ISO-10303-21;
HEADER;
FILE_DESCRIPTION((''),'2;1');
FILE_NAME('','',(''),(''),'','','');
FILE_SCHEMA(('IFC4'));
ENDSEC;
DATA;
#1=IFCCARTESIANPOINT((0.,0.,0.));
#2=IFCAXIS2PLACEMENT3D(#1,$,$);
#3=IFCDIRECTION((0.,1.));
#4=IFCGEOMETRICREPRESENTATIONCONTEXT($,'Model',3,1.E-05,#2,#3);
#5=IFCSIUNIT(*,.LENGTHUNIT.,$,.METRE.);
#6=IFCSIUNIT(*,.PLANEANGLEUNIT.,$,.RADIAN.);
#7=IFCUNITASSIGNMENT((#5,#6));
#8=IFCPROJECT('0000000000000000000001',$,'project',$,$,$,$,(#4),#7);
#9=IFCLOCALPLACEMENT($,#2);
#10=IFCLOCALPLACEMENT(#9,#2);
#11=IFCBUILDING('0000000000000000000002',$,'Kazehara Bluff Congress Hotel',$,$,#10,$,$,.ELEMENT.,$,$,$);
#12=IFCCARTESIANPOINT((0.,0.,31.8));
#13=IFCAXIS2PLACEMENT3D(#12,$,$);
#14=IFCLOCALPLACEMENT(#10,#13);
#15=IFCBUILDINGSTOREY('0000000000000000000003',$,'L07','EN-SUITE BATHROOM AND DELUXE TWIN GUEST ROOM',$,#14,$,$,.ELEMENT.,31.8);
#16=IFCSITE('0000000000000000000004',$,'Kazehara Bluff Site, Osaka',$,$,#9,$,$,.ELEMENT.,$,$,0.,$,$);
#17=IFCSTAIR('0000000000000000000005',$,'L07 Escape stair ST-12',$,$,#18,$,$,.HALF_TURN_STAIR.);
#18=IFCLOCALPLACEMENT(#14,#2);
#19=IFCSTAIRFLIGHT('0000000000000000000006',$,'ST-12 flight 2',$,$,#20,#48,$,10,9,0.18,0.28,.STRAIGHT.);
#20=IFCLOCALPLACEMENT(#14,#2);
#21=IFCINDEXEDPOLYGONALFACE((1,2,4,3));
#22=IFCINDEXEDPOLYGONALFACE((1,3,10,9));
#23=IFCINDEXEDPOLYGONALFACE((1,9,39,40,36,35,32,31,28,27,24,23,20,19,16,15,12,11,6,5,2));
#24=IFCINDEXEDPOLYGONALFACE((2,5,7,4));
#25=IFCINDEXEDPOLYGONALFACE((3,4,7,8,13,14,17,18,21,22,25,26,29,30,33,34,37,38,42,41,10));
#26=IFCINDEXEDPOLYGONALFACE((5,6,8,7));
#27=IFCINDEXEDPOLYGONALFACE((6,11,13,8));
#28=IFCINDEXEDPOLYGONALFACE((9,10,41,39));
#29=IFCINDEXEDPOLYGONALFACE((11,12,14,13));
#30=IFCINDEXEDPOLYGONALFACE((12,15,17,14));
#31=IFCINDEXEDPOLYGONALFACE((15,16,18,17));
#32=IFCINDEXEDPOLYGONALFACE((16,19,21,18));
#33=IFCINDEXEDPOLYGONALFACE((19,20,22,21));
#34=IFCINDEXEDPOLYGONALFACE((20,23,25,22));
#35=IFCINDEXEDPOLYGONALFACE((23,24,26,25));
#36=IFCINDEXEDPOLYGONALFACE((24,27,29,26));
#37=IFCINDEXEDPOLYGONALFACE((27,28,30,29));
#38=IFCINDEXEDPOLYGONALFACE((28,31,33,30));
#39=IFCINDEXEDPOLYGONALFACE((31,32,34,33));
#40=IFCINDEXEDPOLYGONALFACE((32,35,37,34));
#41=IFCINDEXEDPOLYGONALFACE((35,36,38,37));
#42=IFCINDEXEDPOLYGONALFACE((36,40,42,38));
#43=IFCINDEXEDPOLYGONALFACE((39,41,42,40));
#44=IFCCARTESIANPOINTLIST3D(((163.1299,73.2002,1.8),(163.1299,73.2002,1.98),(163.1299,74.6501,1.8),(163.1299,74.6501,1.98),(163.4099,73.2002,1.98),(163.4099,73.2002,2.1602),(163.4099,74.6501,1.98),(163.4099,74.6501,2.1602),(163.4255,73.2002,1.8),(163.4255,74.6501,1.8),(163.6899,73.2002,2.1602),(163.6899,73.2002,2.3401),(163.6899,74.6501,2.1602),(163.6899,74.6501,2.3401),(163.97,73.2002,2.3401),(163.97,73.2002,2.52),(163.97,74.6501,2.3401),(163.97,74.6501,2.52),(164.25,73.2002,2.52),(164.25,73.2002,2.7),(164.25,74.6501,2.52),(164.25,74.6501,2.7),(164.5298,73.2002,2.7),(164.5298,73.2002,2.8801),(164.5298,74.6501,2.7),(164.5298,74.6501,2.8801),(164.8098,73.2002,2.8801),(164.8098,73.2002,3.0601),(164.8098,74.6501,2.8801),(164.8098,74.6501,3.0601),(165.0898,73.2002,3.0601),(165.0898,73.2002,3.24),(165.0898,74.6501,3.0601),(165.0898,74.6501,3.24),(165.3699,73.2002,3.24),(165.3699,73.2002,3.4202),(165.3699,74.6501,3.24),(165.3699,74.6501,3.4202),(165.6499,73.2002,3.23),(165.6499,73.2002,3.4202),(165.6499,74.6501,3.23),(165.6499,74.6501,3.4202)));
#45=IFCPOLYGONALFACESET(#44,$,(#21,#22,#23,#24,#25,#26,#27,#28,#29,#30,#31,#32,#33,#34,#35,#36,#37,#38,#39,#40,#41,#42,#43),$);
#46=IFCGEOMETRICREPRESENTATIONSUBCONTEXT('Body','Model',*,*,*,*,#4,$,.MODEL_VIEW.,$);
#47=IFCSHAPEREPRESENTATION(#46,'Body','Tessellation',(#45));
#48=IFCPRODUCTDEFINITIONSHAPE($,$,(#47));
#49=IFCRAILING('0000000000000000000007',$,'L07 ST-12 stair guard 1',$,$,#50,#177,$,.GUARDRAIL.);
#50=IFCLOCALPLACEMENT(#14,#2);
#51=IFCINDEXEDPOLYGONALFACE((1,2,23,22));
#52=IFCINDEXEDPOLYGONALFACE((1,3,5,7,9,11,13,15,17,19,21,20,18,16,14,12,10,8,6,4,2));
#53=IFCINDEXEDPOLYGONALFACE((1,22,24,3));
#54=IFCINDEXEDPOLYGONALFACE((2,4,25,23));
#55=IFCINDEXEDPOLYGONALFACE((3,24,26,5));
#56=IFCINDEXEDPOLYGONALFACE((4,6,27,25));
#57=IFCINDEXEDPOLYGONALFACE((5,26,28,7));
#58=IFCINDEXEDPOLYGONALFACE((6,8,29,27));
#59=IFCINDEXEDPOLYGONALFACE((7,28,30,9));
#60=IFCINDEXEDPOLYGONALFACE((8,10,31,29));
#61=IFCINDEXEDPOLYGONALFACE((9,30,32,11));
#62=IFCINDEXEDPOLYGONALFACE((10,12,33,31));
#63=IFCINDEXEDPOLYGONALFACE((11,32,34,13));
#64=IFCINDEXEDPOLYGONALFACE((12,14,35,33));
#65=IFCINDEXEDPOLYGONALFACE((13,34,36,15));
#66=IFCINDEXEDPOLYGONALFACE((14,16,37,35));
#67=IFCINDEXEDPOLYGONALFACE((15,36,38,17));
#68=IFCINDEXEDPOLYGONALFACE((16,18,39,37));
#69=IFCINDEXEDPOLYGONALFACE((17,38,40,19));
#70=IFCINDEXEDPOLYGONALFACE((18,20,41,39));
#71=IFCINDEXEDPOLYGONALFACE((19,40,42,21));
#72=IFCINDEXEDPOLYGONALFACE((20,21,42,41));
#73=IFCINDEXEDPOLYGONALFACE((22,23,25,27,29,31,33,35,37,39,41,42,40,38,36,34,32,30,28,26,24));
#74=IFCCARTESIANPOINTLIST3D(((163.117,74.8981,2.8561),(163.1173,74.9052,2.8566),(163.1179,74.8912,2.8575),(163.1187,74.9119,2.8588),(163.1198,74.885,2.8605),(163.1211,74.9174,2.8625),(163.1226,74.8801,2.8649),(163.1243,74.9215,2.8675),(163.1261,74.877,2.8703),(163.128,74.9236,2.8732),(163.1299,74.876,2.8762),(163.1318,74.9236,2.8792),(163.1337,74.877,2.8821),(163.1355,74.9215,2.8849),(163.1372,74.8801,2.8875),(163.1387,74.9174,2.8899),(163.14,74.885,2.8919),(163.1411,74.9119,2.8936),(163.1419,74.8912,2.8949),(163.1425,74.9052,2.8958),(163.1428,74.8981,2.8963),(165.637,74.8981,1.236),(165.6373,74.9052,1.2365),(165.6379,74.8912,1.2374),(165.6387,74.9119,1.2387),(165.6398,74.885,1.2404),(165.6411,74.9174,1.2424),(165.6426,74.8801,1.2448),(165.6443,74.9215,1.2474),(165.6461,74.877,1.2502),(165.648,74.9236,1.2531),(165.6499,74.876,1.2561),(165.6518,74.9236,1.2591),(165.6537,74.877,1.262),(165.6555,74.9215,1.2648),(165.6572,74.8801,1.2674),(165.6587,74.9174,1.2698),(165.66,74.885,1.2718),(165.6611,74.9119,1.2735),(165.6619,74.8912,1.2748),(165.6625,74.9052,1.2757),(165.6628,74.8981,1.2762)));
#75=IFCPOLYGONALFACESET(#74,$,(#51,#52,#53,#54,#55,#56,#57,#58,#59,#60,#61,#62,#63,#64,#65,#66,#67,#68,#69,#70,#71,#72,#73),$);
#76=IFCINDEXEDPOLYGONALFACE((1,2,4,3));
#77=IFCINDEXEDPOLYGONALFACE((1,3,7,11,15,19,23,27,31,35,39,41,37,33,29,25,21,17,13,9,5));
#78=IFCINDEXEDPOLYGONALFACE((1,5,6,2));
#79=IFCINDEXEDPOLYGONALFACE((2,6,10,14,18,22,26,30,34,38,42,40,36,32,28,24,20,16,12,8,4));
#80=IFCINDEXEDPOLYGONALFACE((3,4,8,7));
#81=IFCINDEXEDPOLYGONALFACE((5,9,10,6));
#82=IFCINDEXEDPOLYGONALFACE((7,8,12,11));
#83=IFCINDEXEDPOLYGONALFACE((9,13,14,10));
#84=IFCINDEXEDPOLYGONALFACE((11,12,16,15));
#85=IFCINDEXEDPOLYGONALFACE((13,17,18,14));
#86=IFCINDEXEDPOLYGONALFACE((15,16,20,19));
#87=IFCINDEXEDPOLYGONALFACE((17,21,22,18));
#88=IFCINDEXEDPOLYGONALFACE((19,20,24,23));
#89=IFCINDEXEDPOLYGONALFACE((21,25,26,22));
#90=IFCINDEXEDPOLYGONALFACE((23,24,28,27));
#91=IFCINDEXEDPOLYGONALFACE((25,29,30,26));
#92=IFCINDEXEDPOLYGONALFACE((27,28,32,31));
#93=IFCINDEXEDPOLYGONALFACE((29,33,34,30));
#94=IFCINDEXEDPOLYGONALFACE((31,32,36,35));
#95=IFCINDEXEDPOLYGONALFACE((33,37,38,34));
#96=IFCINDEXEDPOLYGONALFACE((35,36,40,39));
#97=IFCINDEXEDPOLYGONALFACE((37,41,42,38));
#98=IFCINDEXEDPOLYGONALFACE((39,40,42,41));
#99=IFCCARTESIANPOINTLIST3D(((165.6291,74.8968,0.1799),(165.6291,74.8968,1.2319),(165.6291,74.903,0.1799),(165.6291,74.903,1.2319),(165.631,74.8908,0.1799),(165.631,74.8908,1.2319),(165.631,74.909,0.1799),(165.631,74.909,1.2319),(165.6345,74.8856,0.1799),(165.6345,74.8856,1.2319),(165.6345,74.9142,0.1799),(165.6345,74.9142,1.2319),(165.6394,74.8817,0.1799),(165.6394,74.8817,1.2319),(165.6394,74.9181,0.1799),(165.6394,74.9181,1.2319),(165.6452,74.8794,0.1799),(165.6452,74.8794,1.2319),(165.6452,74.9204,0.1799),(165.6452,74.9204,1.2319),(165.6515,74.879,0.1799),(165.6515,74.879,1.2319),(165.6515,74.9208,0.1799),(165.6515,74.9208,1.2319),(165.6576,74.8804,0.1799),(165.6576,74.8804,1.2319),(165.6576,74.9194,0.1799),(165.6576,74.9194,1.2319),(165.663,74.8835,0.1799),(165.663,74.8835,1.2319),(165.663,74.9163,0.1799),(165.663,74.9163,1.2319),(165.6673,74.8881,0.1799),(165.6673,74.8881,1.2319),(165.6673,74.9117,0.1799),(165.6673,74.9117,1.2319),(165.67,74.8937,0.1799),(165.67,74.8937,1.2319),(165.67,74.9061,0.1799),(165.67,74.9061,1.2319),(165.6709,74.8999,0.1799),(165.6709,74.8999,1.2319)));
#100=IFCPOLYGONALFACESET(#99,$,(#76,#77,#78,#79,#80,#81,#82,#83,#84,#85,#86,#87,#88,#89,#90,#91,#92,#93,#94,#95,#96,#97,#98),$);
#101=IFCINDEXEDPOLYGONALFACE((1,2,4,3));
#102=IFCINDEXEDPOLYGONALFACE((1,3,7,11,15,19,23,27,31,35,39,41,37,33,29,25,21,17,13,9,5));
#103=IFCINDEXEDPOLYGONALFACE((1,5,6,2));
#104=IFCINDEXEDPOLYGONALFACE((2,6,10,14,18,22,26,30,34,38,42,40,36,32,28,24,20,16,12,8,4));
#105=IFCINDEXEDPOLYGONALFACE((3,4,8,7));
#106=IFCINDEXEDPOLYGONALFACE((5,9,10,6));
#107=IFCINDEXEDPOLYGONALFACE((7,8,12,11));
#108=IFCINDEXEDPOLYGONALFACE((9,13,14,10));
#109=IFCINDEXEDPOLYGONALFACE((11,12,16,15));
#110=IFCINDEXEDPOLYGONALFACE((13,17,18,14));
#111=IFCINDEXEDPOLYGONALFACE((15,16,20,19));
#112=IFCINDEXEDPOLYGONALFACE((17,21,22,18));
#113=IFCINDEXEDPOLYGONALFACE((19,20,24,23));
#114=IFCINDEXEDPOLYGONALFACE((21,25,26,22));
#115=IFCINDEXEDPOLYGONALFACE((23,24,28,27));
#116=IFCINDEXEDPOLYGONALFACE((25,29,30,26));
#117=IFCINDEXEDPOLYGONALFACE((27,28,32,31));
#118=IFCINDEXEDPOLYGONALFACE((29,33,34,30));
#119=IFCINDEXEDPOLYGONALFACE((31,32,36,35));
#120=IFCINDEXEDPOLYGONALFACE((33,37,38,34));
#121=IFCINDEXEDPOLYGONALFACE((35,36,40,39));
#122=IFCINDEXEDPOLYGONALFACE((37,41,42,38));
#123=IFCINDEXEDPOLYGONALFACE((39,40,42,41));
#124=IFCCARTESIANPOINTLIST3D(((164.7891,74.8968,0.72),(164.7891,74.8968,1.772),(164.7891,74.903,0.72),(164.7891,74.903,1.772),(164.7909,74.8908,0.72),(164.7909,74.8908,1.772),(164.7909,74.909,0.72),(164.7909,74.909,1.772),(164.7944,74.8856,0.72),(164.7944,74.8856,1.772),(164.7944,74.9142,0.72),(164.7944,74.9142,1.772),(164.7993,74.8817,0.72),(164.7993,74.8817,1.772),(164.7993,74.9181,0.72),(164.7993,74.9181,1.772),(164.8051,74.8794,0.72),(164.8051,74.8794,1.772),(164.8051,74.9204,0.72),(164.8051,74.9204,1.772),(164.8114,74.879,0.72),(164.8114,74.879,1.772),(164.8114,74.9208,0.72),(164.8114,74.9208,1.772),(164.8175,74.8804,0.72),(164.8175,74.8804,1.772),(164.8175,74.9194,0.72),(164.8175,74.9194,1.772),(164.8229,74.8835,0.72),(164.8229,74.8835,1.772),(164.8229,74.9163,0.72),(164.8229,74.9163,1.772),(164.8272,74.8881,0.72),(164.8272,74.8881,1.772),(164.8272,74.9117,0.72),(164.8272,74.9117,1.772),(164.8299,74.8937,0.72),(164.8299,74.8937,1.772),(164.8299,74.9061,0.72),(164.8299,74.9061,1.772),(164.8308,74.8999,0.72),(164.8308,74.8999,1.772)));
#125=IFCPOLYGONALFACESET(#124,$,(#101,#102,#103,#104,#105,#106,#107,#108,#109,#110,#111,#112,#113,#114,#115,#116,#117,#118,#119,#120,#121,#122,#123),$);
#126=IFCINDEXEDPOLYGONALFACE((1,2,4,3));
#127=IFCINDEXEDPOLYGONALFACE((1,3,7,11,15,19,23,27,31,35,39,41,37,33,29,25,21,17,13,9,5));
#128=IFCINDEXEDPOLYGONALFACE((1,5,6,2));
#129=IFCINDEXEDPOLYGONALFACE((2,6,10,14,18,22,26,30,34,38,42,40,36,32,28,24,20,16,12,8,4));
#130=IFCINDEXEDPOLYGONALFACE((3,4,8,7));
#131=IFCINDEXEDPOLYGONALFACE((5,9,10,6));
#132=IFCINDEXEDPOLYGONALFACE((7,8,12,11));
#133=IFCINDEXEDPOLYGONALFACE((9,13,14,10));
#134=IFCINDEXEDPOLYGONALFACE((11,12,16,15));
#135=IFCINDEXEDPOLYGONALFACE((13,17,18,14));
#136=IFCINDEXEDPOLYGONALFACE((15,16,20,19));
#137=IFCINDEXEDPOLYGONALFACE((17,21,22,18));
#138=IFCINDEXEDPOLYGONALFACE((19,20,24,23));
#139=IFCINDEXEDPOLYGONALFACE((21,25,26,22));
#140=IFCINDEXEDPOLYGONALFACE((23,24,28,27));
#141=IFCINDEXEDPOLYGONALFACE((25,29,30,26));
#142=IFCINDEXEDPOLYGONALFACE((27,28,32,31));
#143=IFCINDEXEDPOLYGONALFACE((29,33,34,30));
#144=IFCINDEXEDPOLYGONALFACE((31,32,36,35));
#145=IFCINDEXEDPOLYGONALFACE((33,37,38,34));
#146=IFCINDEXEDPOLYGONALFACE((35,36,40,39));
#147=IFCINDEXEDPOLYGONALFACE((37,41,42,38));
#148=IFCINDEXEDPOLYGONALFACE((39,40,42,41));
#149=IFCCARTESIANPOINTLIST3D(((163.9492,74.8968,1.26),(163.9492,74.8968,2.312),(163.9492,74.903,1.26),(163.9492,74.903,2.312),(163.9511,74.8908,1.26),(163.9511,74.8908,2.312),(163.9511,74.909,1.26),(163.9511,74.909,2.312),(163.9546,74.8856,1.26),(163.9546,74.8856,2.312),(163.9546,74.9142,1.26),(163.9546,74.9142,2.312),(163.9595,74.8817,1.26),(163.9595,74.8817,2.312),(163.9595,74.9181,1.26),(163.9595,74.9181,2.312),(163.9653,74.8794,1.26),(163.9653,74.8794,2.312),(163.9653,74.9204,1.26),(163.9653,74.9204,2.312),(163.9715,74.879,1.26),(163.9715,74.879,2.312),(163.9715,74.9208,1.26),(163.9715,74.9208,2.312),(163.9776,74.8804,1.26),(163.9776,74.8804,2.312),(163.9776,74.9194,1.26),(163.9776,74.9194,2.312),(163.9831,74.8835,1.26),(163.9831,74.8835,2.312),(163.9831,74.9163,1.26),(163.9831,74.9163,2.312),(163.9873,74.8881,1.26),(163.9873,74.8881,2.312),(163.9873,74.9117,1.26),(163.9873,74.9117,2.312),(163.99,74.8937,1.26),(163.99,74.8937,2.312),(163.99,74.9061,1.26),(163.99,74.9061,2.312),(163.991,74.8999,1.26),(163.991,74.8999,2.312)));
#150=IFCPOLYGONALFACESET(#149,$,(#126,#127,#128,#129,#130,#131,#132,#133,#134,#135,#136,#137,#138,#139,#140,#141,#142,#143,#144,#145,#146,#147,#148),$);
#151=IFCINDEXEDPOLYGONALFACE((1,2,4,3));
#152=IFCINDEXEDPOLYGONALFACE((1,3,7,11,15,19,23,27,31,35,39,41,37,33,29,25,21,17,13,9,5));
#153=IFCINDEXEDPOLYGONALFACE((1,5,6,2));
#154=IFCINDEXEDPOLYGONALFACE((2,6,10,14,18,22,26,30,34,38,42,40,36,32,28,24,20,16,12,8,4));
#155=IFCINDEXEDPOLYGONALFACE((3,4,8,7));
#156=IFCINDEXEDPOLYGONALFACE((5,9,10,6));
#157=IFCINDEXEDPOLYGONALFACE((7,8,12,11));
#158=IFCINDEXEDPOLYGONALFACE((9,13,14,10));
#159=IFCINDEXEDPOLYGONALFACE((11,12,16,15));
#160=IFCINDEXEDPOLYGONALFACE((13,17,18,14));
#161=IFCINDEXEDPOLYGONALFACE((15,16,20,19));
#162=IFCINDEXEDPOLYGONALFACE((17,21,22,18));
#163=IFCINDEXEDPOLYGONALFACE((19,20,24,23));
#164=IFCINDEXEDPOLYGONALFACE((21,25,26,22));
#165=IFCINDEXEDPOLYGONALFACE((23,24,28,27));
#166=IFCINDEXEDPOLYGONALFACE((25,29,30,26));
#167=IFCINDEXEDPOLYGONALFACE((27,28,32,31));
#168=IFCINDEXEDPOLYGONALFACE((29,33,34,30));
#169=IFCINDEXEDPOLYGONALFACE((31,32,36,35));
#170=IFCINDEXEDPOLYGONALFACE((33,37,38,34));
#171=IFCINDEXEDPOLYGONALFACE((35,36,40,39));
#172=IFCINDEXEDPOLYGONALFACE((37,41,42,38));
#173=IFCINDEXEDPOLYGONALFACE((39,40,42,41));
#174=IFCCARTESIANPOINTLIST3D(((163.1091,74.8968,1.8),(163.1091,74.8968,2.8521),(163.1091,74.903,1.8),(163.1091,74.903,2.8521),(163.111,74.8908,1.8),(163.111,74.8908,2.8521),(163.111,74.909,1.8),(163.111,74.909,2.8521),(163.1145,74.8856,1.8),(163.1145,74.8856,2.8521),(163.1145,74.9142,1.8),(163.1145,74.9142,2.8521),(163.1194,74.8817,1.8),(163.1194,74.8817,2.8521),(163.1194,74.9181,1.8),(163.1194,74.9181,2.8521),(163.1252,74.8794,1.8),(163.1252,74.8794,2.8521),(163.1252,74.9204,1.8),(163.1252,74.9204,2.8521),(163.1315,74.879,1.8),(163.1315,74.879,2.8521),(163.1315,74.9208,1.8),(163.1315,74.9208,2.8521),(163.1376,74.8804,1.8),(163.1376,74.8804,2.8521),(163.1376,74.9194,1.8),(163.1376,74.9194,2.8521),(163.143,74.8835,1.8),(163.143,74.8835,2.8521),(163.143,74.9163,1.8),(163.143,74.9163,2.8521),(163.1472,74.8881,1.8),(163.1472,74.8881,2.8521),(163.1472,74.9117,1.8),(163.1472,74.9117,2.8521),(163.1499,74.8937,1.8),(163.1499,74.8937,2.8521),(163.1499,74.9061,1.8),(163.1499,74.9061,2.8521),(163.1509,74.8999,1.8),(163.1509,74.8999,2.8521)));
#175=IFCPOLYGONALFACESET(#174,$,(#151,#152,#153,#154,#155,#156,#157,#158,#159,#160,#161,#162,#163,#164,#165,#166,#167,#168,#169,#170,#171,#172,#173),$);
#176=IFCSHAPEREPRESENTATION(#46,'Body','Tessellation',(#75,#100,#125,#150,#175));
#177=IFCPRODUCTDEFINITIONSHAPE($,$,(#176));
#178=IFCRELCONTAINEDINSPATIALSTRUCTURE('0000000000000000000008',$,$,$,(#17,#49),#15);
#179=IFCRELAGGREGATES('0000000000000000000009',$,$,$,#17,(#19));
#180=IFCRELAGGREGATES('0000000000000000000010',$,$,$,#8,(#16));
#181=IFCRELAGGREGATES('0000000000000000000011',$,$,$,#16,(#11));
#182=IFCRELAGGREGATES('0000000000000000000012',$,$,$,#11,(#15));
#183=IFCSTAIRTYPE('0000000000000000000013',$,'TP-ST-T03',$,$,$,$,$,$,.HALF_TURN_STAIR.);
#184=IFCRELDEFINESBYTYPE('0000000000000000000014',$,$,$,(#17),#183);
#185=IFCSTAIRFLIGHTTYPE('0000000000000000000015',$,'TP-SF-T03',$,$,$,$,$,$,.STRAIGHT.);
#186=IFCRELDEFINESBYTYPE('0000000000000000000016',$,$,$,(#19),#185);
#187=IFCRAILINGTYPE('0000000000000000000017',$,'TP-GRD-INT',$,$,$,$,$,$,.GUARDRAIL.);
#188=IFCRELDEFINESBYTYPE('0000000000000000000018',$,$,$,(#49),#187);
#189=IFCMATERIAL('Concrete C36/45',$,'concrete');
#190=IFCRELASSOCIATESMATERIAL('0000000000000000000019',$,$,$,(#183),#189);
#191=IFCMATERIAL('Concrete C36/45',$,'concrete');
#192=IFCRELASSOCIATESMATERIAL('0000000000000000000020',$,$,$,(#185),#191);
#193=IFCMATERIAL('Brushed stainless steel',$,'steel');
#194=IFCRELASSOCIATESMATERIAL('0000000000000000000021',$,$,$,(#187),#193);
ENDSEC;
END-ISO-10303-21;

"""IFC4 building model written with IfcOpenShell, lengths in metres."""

from ifc_helpers import new_model, si_unit, direction, frame, origin, origin_2d, place, context, subcontext, project, spatial, polyline, circle, outline, extrude, material, type_object, element, aggregate, save


model = new_model("IFC4")

# Units and contexts
model_context = context("Model", 3, precision=1e-05, world=origin(), true_north=direction((0.0, 1.0)))
body_context = subcontext(model_context, "Body", "Model", "MODEL_VIEW")
ifc_project = project(units=[si_unit("LENGTHUNIT", "METRE"), si_unit("PLANEANGLEUNIT", "RADIAN")], contexts=[model_context])

# Site, building, storey
site_placement = place(None, origin())
site = spatial("IfcSite", under=ifc_project, at=site_placement, Name="Kazehara Bluff Site, Osaka", CompositionType="ELEMENT", RefElevation=0.0)
building_placement = place(site_placement, origin())
building = spatial("IfcBuilding", under=site, at=building_placement, Name="Kazehara Bluff Congress Hotel", CompositionType="ELEMENT")
storey_placement = place(building_placement, frame((0.0, 0.0, 31.8)))
storey = spatial("IfcBuildingStorey", under=building, at=storey_placement, Name="L07", Description="EN-SUITE BATHROOM AND DELUXE TWIN GUEST ROOM", CompositionType="ELEMENT", Elevation=31.8)

# Stair, stair flight
ifc_material_1 = material(Name="Concrete C36/45", Category="concrete")
stair_type = type_object("IfcStairType", Name="TP-ST-T03", PredefinedType="HALF_TURN_STAIR", material=ifc_material_1)
stair_placement = place(storey_placement, origin())
stair = element("IfcStair", 1, at=stair_placement, inside=storey, type_object=stair_type, Name="L07 Escape stair ST-12", PredefinedType="HALF_TURN_STAIR")
ifc_material_2 = material(Name="Concrete C36/45", Category="concrete")
stair_flight_type = type_object("IfcStairFlightType", Name="TP-SF-T03", PredefinedType="STRAIGHT", material=ifc_material_2)
stair_flight_1_placement = place(storey_placement, frame((163.1299, 73.925, 1.8), z_axis=(0.0, 0.0, 1.0), x_axis=(1.0, 0.0, 0.0)))
stair_flight_1 = element("IfcStairFlight", 2, at=stair_flight_1_placement, type_object=stair_flight_type, Name="ST-12 flight 2", NumberOfRisers=10, NumberOfTreads=9, PredefinedType="STRAIGHT", RiserHeight=0.18, TreadLength=0.28, context=body_context, shape_type="SweptSolid", body=[
    extrude(outline(polyline([(0.0, 0.0), (0.0, 0.1799), (0.28, 0.1799), (0.28, 0.3601), (0.5601, 0.3601), (0.5601, 0.54), (0.8401, 0.54), (0.8401, 0.72), (1.1201, 0.72), (1.1201, 0.8999), (1.3999, 0.8999), (1.3999, 1.0801), (1.6799, 1.0801), (1.6799, 1.26), (1.96, 1.26), (1.96, 1.4399), (2.24, 1.4399), (2.24, 1.6201), (2.52, 1.6201), (2.52, 1.8), (2.52, 1.4299), (0.2957, 0.0), (0.0, 0.0)])), frame((0.0, 0.7251, 0.0), z_axis=(0.0, -1.0, 0.0), x_axis=(1.0, 0.0, 0.0)), (0.0, 0.0, 1.0), 1.45),
])
aggregate(stair, [stair_flight_1])

# Railing
ifc_material_3 = material(Name="Brushed stainless steel", Category="steel")
railing_type_1 = type_object("IfcRailingType", Name="TP-GRD-INT", PredefinedType="GUARDRAIL", material=ifc_material_3)
railing_1_placement = place(storey_placement, frame((165.6499, 74.8999, 0.1799)))
element("IfcRailing", 3, at=railing_1_placement, inside=storey, type_object=railing_type_1, Name="L07 ST-12 stair guard 1", PredefinedType="GUARDRAIL", context=body_context, shape_type="SweptSolid", body=[
    extrude(circle(Radius=0.0239, at=origin_2d()), frame((0.0, 0.0, 1.0762), z_axis=(-0.841163, 0.0, 0.540782), x_axis=(0.0, -1.0, 0.0)), (0.0, 0.0, 1.0), 2.9958),
    extrude(circle(Radius=0.021, at=origin_2d()), origin(), (0.0, 0.0, 1.0), 1.052),
    extrude(circle(Radius=0.021, at=origin_2d()), frame((-0.8401, 0.0, 0.54)), (0.0, 0.0, 1.0), 1.052),
    extrude(circle(Radius=0.021, at=origin_2d()), frame((-1.6799, 0.0, 1.0801)), (0.0, 0.0, 1.0), 1.052),
    extrude(circle(Radius=0.021, at=origin_2d()), frame((-2.52, 0.0, 1.6201)), (0.0, 0.0, 1.0), 1.052),
])

save(model, "model.ifc")
